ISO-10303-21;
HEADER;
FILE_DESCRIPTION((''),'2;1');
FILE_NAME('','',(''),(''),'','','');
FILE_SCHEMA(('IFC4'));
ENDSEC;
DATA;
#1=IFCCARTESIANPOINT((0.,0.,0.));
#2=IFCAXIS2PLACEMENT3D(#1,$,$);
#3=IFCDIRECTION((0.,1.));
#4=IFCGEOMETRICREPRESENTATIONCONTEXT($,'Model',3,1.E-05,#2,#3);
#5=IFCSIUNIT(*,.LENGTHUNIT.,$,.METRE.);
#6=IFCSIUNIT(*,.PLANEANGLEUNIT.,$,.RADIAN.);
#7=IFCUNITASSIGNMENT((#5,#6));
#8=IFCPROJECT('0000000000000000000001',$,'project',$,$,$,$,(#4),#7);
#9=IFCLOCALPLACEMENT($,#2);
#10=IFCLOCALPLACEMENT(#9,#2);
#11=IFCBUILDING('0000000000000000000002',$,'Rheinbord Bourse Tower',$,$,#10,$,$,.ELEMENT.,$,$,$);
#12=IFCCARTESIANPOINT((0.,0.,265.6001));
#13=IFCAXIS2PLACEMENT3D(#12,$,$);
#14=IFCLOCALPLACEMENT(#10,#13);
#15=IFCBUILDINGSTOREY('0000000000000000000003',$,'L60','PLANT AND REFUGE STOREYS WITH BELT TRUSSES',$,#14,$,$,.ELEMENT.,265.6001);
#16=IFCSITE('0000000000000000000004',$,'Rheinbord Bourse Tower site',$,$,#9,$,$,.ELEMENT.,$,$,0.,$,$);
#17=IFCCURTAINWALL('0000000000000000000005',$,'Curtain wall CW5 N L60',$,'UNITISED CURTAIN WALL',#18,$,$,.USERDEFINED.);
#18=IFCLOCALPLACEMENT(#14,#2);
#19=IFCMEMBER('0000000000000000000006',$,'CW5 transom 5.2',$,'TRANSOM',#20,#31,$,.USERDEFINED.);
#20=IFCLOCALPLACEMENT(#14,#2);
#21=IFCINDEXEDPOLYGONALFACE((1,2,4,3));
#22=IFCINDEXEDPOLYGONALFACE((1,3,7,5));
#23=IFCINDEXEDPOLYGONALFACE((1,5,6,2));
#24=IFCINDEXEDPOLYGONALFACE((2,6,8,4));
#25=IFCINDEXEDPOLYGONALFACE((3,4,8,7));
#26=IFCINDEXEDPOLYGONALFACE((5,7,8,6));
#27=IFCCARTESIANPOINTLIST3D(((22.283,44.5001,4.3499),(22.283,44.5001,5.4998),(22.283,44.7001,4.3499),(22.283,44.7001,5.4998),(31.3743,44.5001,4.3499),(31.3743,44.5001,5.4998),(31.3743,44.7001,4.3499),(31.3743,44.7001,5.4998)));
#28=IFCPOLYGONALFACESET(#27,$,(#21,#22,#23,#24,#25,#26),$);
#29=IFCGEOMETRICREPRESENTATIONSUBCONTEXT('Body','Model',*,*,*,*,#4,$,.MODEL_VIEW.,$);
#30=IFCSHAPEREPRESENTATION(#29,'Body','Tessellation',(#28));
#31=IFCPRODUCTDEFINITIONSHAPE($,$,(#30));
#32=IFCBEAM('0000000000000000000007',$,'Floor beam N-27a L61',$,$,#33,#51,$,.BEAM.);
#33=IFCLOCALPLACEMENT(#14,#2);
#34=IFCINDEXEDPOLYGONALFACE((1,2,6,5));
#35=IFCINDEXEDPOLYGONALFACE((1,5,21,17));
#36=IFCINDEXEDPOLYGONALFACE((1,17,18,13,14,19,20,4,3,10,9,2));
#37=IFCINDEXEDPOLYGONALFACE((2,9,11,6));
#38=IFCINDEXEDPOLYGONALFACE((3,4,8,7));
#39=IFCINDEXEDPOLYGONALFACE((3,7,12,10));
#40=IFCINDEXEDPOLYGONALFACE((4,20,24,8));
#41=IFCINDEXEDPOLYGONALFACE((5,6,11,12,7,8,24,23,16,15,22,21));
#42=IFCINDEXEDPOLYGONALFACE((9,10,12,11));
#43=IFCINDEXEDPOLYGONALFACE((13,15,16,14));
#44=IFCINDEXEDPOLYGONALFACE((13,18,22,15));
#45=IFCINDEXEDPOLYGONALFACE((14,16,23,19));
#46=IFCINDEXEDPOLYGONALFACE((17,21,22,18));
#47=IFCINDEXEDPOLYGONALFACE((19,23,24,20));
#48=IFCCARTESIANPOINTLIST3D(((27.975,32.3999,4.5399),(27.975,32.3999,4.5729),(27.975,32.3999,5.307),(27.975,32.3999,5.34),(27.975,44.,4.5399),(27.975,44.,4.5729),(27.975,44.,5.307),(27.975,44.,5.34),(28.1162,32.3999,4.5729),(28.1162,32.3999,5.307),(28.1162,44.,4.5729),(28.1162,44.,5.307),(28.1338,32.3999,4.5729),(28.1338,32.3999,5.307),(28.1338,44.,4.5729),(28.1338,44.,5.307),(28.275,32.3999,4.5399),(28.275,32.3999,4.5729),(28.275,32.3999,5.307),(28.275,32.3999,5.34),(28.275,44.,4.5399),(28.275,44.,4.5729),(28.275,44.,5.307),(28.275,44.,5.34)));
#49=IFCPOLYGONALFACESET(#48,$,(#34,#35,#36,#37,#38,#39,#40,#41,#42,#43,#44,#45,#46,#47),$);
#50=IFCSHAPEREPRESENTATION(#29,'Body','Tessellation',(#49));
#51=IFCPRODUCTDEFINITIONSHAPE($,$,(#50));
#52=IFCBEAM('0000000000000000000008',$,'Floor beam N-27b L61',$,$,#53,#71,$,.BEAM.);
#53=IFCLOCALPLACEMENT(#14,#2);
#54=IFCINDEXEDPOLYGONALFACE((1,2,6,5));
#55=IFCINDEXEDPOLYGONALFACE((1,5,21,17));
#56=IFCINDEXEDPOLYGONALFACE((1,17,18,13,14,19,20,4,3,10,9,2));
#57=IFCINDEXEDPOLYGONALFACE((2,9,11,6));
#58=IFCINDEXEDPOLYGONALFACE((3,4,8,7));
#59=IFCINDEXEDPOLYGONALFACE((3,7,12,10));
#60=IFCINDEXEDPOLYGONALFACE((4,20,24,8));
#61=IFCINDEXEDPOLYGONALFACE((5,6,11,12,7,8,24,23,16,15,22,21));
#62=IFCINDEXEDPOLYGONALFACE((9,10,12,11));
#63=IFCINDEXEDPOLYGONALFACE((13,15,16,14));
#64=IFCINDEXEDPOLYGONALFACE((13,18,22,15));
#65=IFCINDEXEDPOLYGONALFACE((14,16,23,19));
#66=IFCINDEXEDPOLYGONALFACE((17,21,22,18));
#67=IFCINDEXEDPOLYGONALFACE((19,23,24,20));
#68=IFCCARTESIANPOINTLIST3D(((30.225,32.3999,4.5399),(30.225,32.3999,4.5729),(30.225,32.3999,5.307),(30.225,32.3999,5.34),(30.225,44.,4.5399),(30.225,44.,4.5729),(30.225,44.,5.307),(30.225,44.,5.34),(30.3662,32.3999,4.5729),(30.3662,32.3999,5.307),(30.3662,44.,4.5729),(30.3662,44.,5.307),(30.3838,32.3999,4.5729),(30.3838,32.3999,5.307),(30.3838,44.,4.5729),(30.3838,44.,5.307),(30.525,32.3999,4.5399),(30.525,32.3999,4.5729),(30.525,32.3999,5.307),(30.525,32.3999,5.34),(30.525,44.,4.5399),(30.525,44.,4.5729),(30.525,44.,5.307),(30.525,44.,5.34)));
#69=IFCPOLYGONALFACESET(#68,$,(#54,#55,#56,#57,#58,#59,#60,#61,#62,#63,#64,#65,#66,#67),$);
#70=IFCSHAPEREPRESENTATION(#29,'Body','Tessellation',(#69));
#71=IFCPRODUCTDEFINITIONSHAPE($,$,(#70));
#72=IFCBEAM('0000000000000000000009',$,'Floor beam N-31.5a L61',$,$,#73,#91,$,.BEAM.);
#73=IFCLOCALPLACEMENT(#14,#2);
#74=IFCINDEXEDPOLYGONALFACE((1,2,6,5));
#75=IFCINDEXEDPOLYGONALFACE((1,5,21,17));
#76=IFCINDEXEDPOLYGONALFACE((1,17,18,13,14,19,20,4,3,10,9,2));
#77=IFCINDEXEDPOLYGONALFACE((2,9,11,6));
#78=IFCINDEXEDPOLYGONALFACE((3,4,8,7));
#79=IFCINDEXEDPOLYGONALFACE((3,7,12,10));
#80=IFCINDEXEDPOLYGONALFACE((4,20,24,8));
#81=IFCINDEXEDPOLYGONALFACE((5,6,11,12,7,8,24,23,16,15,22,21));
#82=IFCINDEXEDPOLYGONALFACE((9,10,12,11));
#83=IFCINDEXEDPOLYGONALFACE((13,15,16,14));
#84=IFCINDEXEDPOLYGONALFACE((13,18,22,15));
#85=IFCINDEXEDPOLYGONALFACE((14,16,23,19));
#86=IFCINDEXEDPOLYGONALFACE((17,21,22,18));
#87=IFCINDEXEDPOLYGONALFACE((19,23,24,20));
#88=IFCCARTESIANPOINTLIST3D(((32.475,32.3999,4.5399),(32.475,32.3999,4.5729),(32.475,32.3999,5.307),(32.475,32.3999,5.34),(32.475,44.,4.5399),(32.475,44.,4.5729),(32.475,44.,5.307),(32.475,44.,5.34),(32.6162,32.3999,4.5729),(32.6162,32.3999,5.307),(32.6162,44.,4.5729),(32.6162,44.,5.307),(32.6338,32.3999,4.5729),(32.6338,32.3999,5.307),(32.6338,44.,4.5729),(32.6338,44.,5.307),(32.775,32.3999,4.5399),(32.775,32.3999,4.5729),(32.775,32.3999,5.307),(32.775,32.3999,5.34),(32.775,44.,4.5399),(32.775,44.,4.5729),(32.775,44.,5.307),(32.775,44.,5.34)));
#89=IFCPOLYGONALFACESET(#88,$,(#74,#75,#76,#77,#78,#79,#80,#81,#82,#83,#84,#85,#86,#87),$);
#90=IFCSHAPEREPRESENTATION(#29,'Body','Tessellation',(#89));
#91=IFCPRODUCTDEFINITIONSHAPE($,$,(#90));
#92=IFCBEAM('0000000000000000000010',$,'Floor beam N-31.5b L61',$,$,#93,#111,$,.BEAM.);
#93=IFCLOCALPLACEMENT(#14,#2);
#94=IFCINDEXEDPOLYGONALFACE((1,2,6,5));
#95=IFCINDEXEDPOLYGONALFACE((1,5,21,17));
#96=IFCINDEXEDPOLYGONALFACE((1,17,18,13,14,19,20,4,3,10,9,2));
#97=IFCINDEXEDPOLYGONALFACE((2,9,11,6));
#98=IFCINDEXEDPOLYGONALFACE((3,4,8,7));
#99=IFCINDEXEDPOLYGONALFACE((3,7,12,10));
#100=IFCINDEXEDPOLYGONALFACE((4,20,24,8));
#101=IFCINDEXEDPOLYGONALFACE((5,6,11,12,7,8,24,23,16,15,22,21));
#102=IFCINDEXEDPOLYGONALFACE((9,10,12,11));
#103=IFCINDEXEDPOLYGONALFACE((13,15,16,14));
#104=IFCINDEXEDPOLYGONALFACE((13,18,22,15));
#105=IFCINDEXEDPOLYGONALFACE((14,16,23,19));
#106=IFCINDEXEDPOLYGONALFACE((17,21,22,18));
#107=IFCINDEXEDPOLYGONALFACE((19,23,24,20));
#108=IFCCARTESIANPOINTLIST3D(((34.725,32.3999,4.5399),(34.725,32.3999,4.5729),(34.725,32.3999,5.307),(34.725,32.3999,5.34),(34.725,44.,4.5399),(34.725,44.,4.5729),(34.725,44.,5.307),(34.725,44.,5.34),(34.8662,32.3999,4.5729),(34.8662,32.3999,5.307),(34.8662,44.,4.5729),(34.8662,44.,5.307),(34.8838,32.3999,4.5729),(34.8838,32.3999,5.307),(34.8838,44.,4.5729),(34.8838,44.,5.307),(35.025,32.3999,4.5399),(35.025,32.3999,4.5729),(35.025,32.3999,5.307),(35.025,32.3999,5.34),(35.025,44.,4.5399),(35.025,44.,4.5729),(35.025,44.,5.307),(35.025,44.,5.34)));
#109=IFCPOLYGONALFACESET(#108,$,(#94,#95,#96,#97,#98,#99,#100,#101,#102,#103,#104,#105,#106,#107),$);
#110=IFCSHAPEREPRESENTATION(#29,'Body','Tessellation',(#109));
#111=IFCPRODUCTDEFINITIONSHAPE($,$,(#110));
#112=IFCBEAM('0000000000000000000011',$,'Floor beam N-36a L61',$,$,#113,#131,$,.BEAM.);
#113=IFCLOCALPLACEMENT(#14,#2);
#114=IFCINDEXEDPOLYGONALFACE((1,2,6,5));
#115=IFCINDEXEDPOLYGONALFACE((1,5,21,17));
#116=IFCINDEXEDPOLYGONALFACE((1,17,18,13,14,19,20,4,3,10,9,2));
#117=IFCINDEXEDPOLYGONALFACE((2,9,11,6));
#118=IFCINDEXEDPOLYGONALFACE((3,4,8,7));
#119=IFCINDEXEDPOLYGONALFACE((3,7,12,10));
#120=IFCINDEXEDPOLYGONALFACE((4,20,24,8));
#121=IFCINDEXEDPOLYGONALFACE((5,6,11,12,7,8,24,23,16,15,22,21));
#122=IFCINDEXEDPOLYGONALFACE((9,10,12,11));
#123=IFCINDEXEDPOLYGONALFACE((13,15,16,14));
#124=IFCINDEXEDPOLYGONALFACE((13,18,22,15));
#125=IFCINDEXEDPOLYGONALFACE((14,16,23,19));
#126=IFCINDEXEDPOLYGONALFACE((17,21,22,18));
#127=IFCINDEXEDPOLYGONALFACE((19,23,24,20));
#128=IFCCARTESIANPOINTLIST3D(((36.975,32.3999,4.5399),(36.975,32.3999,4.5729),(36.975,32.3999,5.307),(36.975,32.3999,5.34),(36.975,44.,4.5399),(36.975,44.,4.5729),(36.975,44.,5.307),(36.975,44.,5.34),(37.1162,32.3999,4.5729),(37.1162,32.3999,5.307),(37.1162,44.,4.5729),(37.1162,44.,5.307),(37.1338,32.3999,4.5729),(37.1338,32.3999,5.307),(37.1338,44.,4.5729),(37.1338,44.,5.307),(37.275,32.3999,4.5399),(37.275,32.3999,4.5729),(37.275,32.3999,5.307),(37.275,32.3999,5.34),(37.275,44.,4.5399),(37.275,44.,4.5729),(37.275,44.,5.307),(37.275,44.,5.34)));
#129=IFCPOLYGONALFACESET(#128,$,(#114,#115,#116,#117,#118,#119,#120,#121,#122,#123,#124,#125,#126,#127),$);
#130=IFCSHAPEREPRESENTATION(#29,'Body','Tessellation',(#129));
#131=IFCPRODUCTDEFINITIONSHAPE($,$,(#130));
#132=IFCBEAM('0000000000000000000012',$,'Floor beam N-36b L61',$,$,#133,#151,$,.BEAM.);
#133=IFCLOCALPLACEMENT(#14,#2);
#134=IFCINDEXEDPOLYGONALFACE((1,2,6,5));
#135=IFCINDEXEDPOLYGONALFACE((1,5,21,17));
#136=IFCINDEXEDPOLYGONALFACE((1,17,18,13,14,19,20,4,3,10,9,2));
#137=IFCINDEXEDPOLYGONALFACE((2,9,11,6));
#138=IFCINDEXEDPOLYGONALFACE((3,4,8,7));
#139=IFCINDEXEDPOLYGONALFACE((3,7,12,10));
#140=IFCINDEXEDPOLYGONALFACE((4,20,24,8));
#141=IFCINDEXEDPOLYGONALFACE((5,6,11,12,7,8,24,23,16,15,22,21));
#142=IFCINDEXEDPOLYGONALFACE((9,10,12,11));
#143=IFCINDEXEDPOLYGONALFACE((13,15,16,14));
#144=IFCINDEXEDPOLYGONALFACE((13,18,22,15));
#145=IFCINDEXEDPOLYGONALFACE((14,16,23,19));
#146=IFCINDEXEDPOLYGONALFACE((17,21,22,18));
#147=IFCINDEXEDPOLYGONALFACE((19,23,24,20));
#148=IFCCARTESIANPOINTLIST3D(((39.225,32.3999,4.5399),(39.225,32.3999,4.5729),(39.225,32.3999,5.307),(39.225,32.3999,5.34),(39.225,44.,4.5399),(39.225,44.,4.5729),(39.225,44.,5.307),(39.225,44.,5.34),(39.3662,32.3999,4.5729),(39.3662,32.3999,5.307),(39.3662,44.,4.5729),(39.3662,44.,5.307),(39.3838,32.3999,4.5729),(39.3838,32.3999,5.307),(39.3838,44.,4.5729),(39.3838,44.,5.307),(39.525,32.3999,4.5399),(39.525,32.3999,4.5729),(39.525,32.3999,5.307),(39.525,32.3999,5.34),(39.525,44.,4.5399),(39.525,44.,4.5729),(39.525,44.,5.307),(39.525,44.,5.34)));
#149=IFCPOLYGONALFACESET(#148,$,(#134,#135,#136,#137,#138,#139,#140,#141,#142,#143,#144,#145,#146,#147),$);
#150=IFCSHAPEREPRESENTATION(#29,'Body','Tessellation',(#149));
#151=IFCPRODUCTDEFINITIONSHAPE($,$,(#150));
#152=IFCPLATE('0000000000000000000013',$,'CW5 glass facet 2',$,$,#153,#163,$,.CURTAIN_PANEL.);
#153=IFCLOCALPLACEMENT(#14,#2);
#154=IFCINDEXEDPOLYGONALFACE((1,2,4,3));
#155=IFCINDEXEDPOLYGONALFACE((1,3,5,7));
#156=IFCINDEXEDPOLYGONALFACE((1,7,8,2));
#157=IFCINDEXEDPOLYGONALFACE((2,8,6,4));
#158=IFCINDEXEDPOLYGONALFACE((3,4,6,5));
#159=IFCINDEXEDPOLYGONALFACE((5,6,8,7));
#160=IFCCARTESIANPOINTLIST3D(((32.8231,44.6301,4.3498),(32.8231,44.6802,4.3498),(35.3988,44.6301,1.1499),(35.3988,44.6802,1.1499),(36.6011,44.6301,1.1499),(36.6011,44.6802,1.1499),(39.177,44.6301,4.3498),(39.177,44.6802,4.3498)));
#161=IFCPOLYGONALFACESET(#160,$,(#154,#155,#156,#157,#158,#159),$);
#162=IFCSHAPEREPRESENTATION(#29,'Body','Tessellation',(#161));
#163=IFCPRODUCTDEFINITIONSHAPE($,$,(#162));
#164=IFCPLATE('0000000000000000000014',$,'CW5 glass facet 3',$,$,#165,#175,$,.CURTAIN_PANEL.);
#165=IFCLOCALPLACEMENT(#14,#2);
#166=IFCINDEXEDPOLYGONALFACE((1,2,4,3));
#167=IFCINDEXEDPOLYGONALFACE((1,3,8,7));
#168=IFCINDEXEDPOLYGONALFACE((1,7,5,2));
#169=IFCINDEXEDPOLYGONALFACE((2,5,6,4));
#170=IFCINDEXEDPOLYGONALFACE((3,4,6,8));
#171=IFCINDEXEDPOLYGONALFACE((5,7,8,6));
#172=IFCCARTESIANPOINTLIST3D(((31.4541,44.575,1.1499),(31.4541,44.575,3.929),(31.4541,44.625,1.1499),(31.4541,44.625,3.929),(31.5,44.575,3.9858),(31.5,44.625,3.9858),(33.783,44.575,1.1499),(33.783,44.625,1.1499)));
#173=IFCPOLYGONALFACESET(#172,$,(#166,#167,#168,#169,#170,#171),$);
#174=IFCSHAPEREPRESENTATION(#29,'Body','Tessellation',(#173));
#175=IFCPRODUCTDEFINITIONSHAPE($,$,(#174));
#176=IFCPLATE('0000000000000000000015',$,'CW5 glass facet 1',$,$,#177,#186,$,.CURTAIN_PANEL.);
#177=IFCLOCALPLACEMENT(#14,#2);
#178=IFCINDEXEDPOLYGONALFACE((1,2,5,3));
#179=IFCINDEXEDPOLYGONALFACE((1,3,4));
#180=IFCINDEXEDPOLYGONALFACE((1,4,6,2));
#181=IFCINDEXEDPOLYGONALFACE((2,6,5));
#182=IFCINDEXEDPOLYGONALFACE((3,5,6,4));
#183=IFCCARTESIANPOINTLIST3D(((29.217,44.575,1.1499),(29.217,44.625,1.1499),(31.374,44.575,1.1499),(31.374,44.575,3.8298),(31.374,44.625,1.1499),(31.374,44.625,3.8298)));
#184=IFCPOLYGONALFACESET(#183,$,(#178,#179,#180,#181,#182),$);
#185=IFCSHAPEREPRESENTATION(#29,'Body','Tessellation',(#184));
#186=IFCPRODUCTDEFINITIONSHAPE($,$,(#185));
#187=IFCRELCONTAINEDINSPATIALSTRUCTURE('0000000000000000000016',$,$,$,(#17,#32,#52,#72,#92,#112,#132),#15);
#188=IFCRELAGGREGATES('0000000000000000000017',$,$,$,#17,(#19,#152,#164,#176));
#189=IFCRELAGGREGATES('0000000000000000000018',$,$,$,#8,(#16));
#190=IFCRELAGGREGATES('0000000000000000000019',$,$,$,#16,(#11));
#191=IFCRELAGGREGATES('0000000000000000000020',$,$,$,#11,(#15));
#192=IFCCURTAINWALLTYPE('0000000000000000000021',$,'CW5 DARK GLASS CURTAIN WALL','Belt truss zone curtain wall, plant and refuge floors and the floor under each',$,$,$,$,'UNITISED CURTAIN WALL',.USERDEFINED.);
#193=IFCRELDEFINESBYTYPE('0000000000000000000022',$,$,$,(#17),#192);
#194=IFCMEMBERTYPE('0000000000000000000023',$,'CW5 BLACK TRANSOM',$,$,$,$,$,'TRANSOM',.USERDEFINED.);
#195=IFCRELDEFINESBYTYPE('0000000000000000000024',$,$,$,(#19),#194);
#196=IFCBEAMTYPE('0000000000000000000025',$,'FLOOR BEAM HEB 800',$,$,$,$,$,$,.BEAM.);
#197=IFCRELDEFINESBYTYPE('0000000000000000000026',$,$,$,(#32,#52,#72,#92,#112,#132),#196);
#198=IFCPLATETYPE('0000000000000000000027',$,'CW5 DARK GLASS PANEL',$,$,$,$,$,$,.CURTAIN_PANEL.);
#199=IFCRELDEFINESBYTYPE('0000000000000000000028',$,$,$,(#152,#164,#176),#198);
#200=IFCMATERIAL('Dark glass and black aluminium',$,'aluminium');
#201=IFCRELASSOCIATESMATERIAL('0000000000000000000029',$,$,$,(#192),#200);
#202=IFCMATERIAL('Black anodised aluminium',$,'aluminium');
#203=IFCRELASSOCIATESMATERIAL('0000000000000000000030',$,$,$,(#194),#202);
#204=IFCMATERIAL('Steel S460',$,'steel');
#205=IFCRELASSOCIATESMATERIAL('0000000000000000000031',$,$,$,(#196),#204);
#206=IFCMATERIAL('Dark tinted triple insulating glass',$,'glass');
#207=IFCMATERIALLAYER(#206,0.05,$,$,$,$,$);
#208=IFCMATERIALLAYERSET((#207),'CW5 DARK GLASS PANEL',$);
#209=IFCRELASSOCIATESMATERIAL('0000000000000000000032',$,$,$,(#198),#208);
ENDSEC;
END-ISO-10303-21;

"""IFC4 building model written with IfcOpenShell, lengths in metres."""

from ifc_helpers import new_model, si_unit, direction, frame, origin, origin_2d, place, context, subcontext, project, spatial, polyline, rectangle, i_section, outline, extrude, material, layer, layer_set, material_profile, profile_set, type_object, element, aggregate, save


model = new_model("IFC4")

# Units and contexts
model_context = context("Model", 3, precision=1e-05, world=origin(), true_north=direction((0.0, 1.0)))
body_context = subcontext(model_context, "Body", "Model", "MODEL_VIEW")
ifc_project = project(units=[si_unit("LENGTHUNIT", "METRE"), si_unit("PLANEANGLEUNIT", "RADIAN")], contexts=[model_context])

# Site, building, storey
site_placement = place(None, origin())
site = spatial("IfcSite", under=ifc_project, at=site_placement, Name="Rheinbord Bourse Tower site", CompositionType="ELEMENT", RefElevation=0.0)
building_placement = place(site_placement, origin())
building = spatial("IfcBuilding", under=site, at=building_placement, Name="Rheinbord Bourse Tower", CompositionType="ELEMENT")
storey_placement = place(building_placement, frame((0.0, 0.0, 265.6001)))
storey = spatial("IfcBuildingStorey", under=building, at=storey_placement, Name="L60", Description="PLANT AND REFUGE STOREYS WITH BELT TRUSSES", CompositionType="ELEMENT", Elevation=265.6001)

# Curtain wall, member
ifc_material_1 = material(Name="Dark glass and black aluminium", Category="aluminium")
curtain_wall_type = type_object("IfcCurtainWallType", Name="CW5 DARK GLASS CURTAIN WALL", Description="Belt truss zone curtain wall, plant and refuge floors and the floor under each", ElementType="UNITISED CURTAIN WALL", PredefinedType="USERDEFINED", material=ifc_material_1)
curtain_wall_placement = place(storey_placement, origin())
curtain_wall = element("IfcCurtainWall", 1, at=curtain_wall_placement, inside=storey, type_object=curtain_wall_type, Name="Curtain wall CW5 N L60", ObjectType="UNITISED CURTAIN WALL", PredefinedType="USERDEFINED")
ifc_material_2 = material(Name="Black anodised aluminium", Category="aluminium")
ifc_material_profile_1 = material_profile(ifc_material_2, rectangle(XDim=0.2, YDim=1.1499, at=origin_2d()), Name="CW5 TRANSOM 1150x200")
ifc_profile_set_1 = profile_set([ifc_material_profile_1], Name="Black anodised aluminium")
member_type_1 = type_object("IfcMemberType", Name="CW5 BLACK TRANSOM", ElementType="TRANSOM", PredefinedType="USERDEFINED", material=ifc_profile_set_1)
member_1_placement = place(storey_placement, frame((31.3743, 44.6001, 4.9248), z_axis=(-1.0, 0.0, 0.0), x_axis=(0.0, -1.0, 0.0)))
member_1 = element("IfcMember", 2, at=member_1_placement, type_object=member_type_1, Name="CW5 transom 5.2", ObjectType="TRANSOM", PredefinedType="USERDEFINED", context=body_context, shape_type="SweptSolid", body=[
    extrude(rectangle(XDim=0.2, YDim=1.1499, at=origin_2d()), origin(), (0.0, 0.0, 1.0), 9.0913),
])

# Beams
ifc_material_3 = material(Name="Steel S460", Category="steel")
ifc_material_profile_2 = material_profile(ifc_material_3, i_section(OverallWidth=0.3, OverallDepth=0.8, WebThickness=0.0176, FlangeThickness=0.033, at=origin_2d()), Name="HEB 800")
ifc_profile_set_2 = profile_set([ifc_material_profile_2], Name="Steel S460")
beam_type_1 = type_object("IfcBeamType", Name="FLOOR BEAM HEB 800", PredefinedType="BEAM", material=ifc_profile_set_2)
for number, where, z_axis, x_axis, name in (
    (3, (28.125, 44.0, 4.9399), (0.0, -1.0, 0.0), (1.0, 0.0, 0.0), "Floor beam N-27a L61"),
    (4, (30.375, 44.0, 4.9399), (0.0, -1.0, 0.0), (1.0, 0.0, 0.0), "Floor beam N-27b L61"),
    (5, (32.625, 44.0, 4.9399), (0.0, -1.0, 0.0), (1.0, 0.0, 0.0), "Floor beam N-31.5a L61"),
    (6, (34.875, 44.0, 4.9399), (0.0, -1.0, 0.0), (1.0, 0.0, 0.0), "Floor beam N-31.5b L61"),
    (7, (37.125, 44.0, 4.9399), (0.0, -1.0, 0.0), (1.0, 0.0, 0.0), "Floor beam N-36a L61"),
    (8, (39.375, 44.0, 4.9399), (0.0, -1.0, 0.0), (1.0, 0.0, 0.0), "Floor beam N-36b L61"),
):
    element("IfcBeam", number, at=place(storey_placement, frame(where, z_axis=z_axis, x_axis=x_axis)), inside=storey, type_object=beam_type_1, Name=name, PredefinedType="BEAM", context=body_context, shape_type="SweptSolid", body=[
        extrude(i_section(OverallWidth=0.3, OverallDepth=0.8, WebThickness=0.0176, FlangeThickness=0.033, at=origin_2d()), origin(), (0.0, 0.0, 1.0), 11.6001),
    ])

# Plates
ifc_material_4 = material(Name="Dark tinted triple insulating glass", Category="glass")
ifc_layer = layer(ifc_material_4, 0.05)
ifc_layer_set = layer_set([ifc_layer], Name="CW5 DARK GLASS PANEL")
plate_type = type_object("IfcPlateType", Name="CW5 DARK GLASS PANEL", PredefinedType="CURTAIN_PANEL", material=ifc_layer_set)
plate_1_placement = place(storey_placement, frame((36.6011, 44.6802, 1.1499), z_axis=(0.0, -1.0, 0.0), x_axis=(0.627062, 0.0, 0.778969)))
plate_1 = element("IfcPlate", 9, at=plate_1_placement, type_object=plate_type, Name="CW5 glass facet 2", PredefinedType="CURTAIN_PANEL", context=body_context, shape_type="SweptSolid", body=[
    extrude(outline(polyline([(0.0, 0.0), (4.1079, 0.0), (0.1235, 4.9495), (-0.7539, 0.9365), (0.0, 0.0)])), origin(), (0.0, 0.0, 1.0), 0.05),
])
plate_2_placement = place(storey_placement, frame((31.4541, 44.625, 1.1499), z_axis=(0.0, -1.0, 0.0), x_axis=(1.0, 0.0, 0.0)))
plate_2 = element("IfcPlate", 10, at=plate_2_placement, type_object=plate_type, Name="CW5 glass facet 3", PredefinedType="CURTAIN_PANEL", context=body_context, shape_type="SweptSolid", body=[
    extrude(outline(polyline([(0.0, 0.0), (2.3289, 0.0), (0.0459, 2.8359), (0.0, 2.7791), (0.0, 0.0)])), origin(), (0.0, 0.0, 1.0), 0.05),
])
plate_3_placement = place(storey_placement, frame((31.374, 44.625, 1.1499), z_axis=(0.0, -1.0, 0.0), x_axis=(0.0, 0.0, 1.0)))
plate_3 = element("IfcPlate", 11, at=plate_3_placement, type_object=plate_type, Name="CW5 glass facet 1", PredefinedType="CURTAIN_PANEL", context=body_context, shape_type="SweptSolid", body=[
    extrude(outline(polyline([(0.0, 0.0), (2.6799, 0.0), (0.0, 2.157), (0.0, 0.0)])), origin(), (0.0, 0.0, 1.0), 0.05),
])
aggregate(curtain_wall, [member_1, plate_1, plate_2, plate_3])

save(model, "model.ifc")
